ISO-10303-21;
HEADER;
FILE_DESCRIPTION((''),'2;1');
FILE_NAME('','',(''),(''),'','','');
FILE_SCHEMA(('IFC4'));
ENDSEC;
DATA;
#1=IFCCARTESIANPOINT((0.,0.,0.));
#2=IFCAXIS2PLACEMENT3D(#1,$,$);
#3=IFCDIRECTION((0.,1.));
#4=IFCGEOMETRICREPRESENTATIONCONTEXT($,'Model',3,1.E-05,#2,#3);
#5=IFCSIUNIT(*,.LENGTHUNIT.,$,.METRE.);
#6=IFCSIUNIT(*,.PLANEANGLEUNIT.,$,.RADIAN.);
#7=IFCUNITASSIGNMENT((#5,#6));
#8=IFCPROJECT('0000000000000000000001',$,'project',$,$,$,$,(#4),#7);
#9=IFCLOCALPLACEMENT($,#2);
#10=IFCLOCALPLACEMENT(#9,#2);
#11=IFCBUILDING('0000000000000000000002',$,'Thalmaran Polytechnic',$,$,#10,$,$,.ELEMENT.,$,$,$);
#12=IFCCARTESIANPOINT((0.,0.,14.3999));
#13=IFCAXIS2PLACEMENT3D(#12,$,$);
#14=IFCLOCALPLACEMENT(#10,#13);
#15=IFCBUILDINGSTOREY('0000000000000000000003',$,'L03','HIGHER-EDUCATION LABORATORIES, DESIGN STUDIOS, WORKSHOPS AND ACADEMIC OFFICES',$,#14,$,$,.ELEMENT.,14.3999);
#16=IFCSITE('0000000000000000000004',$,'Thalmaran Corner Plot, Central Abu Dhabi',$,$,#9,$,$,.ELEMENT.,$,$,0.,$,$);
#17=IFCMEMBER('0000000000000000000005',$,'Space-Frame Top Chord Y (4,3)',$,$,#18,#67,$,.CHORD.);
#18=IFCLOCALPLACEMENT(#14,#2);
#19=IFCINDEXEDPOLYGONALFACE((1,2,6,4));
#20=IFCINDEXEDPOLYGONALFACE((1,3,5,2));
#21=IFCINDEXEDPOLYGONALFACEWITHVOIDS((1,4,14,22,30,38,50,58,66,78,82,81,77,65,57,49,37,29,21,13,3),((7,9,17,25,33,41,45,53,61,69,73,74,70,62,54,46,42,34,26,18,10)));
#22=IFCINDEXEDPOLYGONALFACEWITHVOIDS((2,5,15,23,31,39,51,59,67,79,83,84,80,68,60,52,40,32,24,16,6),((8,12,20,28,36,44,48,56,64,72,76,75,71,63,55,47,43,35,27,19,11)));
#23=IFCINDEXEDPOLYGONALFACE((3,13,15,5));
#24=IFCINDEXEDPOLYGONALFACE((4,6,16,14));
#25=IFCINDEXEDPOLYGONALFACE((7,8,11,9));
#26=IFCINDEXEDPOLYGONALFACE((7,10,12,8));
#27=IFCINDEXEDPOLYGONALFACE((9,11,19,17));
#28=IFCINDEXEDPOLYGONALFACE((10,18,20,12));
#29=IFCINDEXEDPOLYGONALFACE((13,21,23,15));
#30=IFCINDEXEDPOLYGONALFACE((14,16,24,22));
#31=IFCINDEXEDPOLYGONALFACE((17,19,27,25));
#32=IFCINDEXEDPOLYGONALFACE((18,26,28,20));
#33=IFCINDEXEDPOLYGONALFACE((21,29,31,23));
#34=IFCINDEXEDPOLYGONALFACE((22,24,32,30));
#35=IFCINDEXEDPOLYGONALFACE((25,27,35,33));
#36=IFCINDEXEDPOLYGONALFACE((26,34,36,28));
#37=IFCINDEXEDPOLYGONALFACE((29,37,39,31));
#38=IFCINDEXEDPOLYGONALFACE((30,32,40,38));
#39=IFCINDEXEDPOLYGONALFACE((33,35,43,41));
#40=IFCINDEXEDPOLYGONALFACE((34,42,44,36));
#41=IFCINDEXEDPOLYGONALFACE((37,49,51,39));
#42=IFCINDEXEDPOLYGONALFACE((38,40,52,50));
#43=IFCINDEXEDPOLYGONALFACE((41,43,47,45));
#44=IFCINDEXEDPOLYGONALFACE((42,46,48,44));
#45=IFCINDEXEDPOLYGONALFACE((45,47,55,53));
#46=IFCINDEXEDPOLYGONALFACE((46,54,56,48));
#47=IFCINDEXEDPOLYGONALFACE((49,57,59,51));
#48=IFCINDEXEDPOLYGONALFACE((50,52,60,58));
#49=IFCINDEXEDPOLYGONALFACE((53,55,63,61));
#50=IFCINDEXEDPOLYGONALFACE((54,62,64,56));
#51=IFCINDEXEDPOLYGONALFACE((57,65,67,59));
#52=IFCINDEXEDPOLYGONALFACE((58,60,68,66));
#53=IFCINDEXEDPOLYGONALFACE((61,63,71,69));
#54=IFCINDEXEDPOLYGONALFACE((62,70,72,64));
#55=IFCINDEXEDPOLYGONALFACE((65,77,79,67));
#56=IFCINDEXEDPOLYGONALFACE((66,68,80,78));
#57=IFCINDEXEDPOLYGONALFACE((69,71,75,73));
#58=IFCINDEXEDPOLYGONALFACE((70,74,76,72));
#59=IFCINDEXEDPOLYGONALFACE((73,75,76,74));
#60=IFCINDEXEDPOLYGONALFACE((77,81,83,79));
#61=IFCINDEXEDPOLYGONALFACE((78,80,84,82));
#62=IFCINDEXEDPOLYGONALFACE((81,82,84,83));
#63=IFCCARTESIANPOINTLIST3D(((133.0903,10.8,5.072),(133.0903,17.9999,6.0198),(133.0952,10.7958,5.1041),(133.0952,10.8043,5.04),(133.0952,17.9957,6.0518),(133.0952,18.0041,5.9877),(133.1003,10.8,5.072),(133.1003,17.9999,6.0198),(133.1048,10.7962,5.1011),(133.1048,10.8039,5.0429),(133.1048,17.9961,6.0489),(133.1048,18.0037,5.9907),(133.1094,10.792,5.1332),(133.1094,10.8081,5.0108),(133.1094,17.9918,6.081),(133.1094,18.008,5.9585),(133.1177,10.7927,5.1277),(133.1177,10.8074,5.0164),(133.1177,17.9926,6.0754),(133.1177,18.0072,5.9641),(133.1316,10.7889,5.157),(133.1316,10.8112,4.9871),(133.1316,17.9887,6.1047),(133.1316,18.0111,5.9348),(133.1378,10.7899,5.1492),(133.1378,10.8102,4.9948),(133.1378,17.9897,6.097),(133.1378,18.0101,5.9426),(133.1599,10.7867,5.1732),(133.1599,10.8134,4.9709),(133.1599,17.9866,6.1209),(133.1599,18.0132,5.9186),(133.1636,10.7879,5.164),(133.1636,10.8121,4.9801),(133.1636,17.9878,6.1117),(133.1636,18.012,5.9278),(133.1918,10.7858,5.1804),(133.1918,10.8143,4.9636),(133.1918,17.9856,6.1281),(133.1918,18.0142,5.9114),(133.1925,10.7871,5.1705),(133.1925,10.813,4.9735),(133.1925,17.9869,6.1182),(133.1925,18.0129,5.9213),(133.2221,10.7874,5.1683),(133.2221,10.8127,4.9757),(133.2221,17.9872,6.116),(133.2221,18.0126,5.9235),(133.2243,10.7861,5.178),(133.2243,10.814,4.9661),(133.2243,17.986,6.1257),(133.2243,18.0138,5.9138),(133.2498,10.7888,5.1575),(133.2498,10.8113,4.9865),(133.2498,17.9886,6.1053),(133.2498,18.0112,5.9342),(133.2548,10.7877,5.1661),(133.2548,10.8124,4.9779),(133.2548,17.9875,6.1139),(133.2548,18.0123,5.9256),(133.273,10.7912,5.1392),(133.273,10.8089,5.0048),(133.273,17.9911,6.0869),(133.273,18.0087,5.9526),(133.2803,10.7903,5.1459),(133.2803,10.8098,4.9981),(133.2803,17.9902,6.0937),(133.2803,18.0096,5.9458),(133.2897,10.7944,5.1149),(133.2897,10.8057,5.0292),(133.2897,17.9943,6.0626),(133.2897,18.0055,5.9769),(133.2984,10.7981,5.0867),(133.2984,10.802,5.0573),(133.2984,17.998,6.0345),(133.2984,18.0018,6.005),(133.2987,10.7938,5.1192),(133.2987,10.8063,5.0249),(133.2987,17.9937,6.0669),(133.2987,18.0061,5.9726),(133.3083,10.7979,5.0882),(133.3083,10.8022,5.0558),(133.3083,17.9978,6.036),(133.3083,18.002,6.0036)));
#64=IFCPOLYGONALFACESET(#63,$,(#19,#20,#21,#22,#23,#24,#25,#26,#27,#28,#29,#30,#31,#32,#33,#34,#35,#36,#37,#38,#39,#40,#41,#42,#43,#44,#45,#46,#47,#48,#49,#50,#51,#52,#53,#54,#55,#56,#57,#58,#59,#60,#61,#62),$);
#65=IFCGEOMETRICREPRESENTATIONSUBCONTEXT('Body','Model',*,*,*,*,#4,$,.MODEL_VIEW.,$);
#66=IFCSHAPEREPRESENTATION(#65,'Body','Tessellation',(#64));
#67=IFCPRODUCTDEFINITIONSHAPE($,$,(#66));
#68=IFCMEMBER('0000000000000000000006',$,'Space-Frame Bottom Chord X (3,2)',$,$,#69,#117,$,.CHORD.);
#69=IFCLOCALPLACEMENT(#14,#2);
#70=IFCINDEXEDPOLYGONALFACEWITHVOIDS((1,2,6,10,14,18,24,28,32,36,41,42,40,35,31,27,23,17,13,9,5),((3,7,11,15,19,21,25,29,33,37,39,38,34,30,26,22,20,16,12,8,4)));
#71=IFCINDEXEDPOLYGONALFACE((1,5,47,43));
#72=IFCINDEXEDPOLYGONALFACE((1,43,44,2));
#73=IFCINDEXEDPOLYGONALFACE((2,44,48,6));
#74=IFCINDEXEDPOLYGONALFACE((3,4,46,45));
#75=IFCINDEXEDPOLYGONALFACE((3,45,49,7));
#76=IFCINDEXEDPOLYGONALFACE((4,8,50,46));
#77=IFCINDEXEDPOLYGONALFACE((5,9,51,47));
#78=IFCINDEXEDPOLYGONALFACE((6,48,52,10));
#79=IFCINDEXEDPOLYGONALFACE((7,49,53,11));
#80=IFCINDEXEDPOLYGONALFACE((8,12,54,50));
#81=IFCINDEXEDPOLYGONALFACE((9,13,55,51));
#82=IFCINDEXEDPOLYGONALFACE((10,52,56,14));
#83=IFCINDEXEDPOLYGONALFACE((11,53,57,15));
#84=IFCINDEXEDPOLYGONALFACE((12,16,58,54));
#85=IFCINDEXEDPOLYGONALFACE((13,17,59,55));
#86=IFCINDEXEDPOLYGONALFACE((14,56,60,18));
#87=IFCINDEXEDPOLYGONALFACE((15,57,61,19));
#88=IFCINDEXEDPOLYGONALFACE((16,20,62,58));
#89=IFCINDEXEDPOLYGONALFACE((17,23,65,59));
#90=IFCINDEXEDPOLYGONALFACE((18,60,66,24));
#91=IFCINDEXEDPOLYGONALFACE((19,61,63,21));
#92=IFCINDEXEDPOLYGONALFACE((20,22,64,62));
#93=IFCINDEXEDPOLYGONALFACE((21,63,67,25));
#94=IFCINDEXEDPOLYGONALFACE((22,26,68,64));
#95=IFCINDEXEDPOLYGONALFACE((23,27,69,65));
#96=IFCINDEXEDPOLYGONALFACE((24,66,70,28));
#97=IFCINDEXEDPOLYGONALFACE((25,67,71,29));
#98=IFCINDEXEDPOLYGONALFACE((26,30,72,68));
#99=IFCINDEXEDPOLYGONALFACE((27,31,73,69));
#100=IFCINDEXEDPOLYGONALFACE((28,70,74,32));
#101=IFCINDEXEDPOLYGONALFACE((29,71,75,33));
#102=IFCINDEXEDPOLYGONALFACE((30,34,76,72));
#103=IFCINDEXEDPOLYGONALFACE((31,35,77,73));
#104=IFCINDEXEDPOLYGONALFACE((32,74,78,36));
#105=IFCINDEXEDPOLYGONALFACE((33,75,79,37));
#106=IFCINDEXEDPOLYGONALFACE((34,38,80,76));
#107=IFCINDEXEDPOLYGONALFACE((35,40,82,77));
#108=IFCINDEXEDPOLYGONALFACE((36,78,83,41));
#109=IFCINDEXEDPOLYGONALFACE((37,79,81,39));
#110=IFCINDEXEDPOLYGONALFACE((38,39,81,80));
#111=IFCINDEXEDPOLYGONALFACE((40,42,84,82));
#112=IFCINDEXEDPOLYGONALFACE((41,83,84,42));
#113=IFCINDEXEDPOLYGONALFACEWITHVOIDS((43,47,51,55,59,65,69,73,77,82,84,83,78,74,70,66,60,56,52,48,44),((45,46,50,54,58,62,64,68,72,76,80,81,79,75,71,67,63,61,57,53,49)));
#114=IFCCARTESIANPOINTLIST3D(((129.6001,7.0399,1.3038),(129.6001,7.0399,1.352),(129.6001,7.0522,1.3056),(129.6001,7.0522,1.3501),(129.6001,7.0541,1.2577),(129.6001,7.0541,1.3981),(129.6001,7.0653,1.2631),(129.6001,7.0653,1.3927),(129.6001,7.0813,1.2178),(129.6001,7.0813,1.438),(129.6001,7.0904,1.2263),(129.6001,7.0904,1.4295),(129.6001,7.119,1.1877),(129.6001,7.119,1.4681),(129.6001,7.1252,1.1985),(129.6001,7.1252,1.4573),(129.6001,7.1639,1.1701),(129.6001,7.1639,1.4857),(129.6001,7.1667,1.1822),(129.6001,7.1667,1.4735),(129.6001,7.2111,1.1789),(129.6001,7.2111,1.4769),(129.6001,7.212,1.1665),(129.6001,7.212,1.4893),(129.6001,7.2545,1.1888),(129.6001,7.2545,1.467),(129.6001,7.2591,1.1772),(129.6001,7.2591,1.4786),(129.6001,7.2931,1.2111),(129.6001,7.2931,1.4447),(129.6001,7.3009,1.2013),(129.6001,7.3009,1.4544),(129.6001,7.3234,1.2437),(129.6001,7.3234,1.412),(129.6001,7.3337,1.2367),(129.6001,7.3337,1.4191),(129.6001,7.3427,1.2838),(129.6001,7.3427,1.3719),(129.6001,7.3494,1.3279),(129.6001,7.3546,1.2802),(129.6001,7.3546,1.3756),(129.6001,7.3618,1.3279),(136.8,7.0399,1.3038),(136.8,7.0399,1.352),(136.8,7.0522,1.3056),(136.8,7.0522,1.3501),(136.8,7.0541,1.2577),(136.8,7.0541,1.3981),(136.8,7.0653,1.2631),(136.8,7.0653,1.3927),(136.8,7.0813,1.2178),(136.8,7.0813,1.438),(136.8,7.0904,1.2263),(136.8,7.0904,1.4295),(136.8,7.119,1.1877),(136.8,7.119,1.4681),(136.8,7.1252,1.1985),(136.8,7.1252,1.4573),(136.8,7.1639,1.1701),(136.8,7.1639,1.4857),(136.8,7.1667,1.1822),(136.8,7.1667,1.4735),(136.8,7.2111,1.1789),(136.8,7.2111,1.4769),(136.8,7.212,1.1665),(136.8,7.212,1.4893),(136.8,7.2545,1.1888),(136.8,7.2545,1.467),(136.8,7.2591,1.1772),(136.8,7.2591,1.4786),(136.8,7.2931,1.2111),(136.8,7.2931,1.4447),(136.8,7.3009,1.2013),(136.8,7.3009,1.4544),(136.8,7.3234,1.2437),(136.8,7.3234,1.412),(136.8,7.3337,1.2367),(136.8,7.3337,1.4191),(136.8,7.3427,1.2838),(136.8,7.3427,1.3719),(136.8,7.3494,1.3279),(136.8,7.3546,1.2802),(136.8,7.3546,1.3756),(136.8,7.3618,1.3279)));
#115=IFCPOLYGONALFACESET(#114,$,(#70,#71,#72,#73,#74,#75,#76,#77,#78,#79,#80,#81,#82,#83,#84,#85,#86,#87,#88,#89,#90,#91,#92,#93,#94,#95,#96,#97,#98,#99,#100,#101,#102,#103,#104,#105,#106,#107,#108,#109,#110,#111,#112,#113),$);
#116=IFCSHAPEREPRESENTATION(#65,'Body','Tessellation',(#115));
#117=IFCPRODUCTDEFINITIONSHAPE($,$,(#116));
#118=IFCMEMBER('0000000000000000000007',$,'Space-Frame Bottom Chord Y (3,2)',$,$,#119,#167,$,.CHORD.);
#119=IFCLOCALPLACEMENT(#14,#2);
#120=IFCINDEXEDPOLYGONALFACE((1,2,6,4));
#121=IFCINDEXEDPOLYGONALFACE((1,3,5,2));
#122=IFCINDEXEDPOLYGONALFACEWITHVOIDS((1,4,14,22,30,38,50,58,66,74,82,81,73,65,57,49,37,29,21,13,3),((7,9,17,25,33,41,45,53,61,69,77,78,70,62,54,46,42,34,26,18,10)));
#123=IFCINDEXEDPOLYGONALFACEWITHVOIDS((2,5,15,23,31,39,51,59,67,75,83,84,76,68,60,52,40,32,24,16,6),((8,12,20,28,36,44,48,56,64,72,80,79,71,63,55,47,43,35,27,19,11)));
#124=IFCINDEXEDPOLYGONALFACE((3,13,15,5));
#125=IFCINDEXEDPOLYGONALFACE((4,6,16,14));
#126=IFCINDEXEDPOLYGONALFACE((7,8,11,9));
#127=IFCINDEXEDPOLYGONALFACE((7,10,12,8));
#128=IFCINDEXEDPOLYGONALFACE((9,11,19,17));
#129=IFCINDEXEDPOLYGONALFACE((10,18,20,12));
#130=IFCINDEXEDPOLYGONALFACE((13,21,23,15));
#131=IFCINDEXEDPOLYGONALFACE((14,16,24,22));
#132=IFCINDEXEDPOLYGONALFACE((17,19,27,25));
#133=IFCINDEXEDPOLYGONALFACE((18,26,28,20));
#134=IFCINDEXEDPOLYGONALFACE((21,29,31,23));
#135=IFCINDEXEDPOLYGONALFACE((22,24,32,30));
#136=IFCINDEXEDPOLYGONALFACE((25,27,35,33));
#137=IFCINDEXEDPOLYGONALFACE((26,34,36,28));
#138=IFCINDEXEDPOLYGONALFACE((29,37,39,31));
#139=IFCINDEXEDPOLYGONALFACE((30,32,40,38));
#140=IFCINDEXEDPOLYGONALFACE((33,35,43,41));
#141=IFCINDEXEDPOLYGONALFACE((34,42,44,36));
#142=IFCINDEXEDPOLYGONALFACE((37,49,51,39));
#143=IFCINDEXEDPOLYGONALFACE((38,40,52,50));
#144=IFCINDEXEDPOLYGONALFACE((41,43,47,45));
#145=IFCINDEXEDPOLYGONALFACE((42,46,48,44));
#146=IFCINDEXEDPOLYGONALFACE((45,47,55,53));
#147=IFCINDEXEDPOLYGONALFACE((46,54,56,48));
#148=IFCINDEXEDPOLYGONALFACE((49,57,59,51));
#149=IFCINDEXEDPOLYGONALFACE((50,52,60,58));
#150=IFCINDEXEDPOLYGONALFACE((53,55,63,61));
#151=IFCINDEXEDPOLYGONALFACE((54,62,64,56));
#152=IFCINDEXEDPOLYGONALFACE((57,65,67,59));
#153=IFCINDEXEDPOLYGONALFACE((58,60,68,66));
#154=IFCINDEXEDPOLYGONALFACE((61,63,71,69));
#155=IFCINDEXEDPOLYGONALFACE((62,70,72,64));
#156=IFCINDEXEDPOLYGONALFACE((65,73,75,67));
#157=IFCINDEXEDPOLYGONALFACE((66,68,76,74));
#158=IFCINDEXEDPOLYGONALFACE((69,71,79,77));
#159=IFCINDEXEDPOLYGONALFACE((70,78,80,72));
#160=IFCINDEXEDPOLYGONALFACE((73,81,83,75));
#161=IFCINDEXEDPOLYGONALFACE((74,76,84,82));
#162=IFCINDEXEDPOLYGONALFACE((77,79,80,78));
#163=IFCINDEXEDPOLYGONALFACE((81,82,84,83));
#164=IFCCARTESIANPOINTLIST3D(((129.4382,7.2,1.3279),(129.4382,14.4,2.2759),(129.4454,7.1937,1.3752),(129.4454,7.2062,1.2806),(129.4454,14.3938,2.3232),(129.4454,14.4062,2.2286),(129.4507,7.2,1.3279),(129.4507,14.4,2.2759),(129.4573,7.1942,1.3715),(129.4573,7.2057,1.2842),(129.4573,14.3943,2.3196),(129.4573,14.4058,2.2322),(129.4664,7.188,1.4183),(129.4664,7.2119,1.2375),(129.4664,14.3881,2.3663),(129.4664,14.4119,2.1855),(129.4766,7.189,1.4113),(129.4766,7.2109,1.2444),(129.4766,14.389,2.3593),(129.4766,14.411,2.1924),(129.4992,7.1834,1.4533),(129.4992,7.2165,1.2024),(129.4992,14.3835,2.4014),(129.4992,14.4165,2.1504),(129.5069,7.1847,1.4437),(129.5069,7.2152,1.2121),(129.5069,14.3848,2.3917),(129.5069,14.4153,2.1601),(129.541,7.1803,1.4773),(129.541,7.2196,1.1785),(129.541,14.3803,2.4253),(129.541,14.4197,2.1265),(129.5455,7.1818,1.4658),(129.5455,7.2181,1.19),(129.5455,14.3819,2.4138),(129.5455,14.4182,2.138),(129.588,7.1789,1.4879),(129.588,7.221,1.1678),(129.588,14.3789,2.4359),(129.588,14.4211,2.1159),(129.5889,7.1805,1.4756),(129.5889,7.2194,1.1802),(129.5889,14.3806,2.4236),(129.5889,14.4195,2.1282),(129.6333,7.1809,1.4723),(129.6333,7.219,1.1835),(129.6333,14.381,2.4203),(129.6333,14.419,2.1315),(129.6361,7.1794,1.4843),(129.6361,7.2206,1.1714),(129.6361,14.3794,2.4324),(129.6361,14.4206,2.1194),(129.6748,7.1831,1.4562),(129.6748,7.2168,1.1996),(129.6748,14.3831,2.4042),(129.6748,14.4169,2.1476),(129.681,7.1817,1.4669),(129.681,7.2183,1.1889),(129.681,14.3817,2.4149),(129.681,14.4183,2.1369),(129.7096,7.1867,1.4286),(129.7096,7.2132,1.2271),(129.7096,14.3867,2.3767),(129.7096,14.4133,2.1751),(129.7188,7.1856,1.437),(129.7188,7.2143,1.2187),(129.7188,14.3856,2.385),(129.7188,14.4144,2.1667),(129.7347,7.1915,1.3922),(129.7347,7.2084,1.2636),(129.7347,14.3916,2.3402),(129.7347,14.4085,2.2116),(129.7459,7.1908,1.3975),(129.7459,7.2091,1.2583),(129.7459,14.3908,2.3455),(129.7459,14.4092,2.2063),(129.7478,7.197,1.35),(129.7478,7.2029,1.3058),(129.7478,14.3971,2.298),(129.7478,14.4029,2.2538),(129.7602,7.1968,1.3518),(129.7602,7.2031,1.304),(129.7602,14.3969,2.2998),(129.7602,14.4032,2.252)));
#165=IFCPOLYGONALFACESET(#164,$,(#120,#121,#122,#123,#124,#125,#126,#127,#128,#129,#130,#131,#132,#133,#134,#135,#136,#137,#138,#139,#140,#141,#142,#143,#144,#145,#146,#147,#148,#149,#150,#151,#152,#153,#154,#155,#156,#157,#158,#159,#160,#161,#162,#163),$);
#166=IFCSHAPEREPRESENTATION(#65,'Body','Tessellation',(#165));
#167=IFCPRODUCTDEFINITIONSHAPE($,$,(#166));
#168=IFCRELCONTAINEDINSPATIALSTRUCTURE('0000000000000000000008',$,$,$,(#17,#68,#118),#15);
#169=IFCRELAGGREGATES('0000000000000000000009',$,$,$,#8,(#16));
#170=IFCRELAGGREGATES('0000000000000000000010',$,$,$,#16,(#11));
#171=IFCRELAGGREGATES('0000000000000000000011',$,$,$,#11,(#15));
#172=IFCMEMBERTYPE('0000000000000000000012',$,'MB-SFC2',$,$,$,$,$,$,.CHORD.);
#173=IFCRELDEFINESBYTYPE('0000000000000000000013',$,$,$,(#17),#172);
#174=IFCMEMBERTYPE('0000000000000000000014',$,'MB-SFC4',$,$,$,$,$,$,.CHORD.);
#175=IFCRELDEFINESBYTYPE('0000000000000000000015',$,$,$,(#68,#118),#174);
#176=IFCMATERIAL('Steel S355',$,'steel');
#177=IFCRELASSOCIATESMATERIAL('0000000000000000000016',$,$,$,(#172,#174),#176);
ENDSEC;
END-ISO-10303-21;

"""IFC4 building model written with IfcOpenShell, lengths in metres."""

from ifc_helpers import new_model, si_unit, direction, frame, origin, origin_2d, place, context, subcontext, project, spatial, hollow_circle, extrude, material, material_profile, profile_set, type_object, element, save


model = new_model("IFC4")

# Units and contexts
model_context = context("Model", 3, precision=1e-05, world=origin(), true_north=direction((0.0, 1.0)))
body_context = subcontext(model_context, "Body", "Model", "MODEL_VIEW")
ifc_project = project(units=[si_unit("LENGTHUNIT", "METRE"), si_unit("PLANEANGLEUNIT", "RADIAN")], contexts=[model_context])

# Site, building, storey
site_placement = place(None, origin())
site = spatial("IfcSite", under=ifc_project, at=site_placement, Name="Thalmaran Corner Plot, Central Abu Dhabi", CompositionType="ELEMENT", RefElevation=0.0)
building_placement = place(site_placement, origin())
building = spatial("IfcBuilding", under=site, at=building_placement, Name="Thalmaran Polytechnic", CompositionType="ELEMENT")
storey_placement = place(building_placement, frame((0.0, 0.0, 14.3999)))
storey = spatial("IfcBuildingStorey", under=building, at=storey_placement, Name="L03", Description="HIGHER-EDUCATION LABORATORIES, DESIGN STUDIOS, WORKSHOPS AND ACADEMIC OFFICES", CompositionType="ELEMENT", Elevation=14.3999)

# Members
ifc_material = material(Name="Steel S355", Category="steel")
ifc_material_profile_1 = material_profile(ifc_material, hollow_circle(Radius=0.1096, WallThickness=0.01, at=origin_2d()), Name="CHS 219.1x10.0")
ifc_profile_set_1 = profile_set([ifc_material_profile_1], Name="Steel S355")
member_type_1 = type_object("IfcMemberType", Name="MB-SFC2", PredefinedType="CHORD", material=ifc_profile_set_1)
member_1_placement = place(storey_placement, frame((133.2, 10.8, 5.072), z_axis=(0.0, 0.991447, 0.130508), x_axis=(-1.0, 0.0, 0.0)))
element("IfcMember", 1, at=member_1_placement, inside=storey, type_object=member_type_1, Name="Space-Frame Top Chord Y (4,3)", PredefinedType="CHORD", context=body_context, shape_type="SweptSolid", body=[
    extrude(hollow_circle(Radius=0.1096, WallThickness=0.01, at=origin_2d()), origin(), (0.0, 0.0, 1.0), 7.262),
])
ifc_material_profile_2 = material_profile(ifc_material, hollow_circle(Radius=0.1619, WallThickness=0.0125, at=origin_2d()), Name="CHS 323.9x12.5")
ifc_profile_set_2 = profile_set([ifc_material_profile_2], Name="Steel S355")
member_type_2 = type_object("IfcMemberType", Name="MB-SFC4", PredefinedType="CHORD", material=ifc_profile_set_2)
member_2_placement = place(storey_placement, frame((129.6001, 7.2, 1.3279), z_axis=(1.0, 0.0, 0.0), x_axis=(0.0, 1.0, 0.0)))
element("IfcMember", 2, at=member_2_placement, inside=storey, type_object=member_type_2, Name="Space-Frame Bottom Chord X (3,2)", PredefinedType="CHORD", context=body_context, shape_type="SweptSolid", body=[
    extrude(hollow_circle(Radius=0.1619, WallThickness=0.0125, at=origin_2d()), origin(), (0.0, 0.0, 1.0), 7.2),
])
member_3_placement = place(storey_placement, frame((129.6001, 7.2, 1.3279), z_axis=(0.0, 0.991443, 0.130541), x_axis=(-1.0, 0.0, 0.0)))
element("IfcMember", 3, at=member_3_placement, inside=storey, type_object=member_type_2, Name="Space-Frame Bottom Chord Y (3,2)", PredefinedType="CHORD", context=body_context, shape_type="SweptSolid", body=[
    extrude(hollow_circle(Radius=0.1619, WallThickness=0.0125, at=origin_2d()), origin(), (0.0, 0.0, 1.0), 7.2622),
])

save(model, "model.ifc")
